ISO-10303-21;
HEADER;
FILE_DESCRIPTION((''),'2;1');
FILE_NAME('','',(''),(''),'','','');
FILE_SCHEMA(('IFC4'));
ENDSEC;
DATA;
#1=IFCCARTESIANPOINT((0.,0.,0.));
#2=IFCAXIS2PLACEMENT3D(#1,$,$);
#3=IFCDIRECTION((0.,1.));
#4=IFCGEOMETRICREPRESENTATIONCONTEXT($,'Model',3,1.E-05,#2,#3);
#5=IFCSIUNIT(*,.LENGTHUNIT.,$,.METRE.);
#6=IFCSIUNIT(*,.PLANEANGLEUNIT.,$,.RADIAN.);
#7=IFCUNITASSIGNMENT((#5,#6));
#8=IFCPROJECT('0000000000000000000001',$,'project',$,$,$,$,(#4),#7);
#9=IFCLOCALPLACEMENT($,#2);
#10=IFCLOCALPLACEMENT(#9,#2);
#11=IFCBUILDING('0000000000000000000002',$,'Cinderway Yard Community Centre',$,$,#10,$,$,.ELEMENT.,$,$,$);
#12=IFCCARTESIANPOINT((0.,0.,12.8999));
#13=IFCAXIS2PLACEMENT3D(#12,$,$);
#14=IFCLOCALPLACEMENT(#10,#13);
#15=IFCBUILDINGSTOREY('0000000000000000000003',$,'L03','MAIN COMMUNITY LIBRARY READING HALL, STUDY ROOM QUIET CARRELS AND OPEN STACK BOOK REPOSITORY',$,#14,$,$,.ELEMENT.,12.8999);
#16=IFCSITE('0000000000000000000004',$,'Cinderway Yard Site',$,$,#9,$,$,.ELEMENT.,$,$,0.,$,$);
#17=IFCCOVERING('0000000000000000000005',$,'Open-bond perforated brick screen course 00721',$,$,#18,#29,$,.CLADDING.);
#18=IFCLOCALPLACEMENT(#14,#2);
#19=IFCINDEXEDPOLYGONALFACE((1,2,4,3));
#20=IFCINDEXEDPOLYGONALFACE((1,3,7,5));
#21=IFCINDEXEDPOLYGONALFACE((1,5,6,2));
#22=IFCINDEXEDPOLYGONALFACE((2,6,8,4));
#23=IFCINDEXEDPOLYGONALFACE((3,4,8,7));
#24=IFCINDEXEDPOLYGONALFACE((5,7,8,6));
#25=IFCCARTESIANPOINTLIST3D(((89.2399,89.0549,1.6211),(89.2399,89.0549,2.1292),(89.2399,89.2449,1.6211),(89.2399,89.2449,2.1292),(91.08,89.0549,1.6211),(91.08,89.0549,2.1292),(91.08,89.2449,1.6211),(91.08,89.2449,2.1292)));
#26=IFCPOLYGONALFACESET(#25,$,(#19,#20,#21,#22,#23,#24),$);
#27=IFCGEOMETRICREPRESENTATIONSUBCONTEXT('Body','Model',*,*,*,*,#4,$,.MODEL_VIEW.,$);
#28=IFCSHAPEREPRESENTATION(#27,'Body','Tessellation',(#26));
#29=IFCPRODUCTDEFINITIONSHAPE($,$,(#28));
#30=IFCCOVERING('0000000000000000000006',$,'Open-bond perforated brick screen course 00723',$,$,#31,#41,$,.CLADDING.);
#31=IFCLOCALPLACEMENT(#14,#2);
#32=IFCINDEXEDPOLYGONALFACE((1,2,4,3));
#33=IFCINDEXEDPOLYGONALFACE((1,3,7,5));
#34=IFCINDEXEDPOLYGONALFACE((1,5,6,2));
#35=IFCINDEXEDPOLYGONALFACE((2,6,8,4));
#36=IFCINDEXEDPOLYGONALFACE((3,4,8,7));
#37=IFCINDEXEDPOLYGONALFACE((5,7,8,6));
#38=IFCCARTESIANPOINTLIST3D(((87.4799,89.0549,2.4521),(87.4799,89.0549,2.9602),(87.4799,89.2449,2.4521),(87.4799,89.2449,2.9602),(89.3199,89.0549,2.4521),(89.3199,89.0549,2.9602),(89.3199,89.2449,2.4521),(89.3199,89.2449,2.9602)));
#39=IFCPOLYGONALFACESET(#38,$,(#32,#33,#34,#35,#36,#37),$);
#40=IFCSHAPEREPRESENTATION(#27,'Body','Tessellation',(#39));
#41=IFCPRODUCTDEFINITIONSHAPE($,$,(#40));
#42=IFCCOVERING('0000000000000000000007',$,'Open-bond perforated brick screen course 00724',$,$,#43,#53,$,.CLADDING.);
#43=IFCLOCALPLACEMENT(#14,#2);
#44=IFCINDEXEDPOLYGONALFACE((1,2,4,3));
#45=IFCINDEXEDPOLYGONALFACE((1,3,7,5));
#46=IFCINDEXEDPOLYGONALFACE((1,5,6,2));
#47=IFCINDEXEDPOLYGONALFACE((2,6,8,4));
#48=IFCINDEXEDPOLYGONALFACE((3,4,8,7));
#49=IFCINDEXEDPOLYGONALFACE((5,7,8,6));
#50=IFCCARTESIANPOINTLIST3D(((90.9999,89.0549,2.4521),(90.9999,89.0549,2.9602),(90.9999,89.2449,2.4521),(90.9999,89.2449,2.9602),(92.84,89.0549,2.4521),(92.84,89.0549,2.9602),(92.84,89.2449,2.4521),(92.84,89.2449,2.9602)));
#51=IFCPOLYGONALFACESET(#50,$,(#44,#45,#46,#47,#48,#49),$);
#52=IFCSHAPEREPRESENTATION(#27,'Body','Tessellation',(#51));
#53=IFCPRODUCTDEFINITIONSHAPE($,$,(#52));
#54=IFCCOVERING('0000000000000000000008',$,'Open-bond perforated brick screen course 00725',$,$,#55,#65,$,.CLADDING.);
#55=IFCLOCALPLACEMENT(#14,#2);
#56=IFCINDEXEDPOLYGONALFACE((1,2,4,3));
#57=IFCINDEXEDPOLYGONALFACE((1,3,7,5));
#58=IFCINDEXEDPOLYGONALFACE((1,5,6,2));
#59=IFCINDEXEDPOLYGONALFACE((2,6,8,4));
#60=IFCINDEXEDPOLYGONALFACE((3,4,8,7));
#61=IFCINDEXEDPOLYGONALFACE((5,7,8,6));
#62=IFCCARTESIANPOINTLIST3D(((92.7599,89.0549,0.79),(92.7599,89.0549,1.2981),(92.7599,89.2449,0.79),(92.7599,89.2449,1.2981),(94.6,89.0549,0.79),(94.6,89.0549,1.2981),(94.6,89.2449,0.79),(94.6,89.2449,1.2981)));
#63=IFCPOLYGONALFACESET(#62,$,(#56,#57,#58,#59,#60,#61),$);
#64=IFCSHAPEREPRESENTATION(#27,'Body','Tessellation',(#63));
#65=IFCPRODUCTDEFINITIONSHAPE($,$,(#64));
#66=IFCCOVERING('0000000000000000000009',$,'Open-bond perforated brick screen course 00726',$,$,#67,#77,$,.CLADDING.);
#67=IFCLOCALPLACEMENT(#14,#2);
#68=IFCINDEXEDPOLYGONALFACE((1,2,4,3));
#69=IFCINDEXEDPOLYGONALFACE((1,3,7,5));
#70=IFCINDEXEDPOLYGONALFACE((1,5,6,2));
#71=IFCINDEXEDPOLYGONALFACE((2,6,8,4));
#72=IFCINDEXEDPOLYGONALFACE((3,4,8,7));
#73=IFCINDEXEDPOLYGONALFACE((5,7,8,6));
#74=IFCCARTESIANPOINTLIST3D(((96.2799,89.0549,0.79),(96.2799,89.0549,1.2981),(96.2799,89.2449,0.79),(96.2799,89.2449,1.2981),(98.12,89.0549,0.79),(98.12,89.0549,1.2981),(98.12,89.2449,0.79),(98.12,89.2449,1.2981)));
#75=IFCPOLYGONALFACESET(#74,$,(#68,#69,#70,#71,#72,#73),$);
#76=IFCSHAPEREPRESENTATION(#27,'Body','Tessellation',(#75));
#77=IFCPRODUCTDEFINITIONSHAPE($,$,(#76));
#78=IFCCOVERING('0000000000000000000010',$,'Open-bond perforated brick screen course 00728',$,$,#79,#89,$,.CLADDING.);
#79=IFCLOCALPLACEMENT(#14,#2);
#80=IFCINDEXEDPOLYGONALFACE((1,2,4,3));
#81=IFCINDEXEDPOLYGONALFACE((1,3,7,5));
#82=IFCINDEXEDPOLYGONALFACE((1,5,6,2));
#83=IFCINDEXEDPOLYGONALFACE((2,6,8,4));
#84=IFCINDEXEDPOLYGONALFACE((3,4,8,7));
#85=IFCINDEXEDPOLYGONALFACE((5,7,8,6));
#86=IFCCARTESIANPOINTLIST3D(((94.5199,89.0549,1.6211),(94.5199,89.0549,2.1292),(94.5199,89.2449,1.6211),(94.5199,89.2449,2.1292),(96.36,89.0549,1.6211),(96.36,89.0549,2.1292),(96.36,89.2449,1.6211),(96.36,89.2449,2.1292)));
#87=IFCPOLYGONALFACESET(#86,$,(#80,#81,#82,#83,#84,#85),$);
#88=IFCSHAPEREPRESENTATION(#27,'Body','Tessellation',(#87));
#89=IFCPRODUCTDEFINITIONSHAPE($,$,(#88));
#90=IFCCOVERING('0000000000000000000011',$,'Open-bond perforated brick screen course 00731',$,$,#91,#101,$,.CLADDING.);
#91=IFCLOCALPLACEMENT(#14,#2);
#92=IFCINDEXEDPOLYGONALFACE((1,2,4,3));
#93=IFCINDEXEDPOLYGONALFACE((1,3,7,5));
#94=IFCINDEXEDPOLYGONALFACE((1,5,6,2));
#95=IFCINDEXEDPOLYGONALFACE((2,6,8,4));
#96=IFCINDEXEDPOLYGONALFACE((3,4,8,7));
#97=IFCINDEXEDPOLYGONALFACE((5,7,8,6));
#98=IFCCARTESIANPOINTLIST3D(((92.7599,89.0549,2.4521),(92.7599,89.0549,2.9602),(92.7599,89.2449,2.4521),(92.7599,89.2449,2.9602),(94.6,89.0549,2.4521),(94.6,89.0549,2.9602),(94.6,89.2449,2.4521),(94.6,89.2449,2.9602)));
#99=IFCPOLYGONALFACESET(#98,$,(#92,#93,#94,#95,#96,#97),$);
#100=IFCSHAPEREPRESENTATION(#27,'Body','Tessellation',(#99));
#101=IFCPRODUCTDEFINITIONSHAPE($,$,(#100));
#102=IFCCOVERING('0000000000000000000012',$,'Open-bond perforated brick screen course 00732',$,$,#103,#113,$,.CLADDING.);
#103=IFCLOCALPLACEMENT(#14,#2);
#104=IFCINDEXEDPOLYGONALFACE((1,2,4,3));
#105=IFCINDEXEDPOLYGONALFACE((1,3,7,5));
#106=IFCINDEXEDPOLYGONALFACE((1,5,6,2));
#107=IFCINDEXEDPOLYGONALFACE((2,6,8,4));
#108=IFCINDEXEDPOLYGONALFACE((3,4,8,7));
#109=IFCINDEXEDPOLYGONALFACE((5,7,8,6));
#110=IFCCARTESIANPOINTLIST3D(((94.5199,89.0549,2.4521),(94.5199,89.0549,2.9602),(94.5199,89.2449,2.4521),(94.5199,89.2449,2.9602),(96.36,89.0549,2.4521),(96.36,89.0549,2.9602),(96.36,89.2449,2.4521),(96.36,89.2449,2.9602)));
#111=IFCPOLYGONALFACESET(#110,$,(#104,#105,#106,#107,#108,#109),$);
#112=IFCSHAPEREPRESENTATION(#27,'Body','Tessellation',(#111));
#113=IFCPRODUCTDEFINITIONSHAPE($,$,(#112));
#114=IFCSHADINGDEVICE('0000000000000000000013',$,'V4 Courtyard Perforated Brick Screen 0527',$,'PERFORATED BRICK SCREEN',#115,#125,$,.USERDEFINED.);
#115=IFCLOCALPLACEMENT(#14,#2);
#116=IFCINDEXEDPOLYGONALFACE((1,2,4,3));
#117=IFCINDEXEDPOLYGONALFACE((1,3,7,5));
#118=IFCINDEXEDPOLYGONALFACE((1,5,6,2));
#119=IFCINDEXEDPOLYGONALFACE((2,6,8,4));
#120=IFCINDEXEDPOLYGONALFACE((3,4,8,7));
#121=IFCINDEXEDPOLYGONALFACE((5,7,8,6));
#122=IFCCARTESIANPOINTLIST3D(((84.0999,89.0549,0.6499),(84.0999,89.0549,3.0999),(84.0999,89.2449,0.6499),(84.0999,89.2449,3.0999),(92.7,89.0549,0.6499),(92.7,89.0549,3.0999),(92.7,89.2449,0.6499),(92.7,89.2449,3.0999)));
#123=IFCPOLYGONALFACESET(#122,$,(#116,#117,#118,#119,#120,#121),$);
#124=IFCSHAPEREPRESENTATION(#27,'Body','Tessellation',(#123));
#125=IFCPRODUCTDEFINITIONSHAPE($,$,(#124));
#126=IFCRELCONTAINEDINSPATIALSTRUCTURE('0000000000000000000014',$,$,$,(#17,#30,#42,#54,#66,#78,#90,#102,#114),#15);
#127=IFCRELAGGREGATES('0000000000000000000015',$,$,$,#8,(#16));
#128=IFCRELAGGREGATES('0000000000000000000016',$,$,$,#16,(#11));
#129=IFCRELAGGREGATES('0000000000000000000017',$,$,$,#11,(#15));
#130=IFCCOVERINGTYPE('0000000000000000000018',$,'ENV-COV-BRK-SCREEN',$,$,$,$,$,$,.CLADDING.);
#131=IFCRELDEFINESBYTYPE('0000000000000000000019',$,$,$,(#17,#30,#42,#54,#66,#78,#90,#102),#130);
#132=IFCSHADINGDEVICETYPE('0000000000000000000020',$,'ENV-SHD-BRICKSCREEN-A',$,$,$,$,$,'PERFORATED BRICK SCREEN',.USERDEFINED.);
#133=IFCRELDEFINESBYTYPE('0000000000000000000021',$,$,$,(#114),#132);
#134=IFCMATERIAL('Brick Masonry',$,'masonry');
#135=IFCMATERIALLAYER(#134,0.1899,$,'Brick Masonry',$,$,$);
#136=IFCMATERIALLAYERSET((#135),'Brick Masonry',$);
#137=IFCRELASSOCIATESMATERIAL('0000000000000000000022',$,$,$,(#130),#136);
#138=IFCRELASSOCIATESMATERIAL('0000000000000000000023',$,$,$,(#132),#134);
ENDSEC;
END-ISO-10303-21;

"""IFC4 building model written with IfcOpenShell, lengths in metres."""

from ifc_helpers import new_model, si_unit, direction, frame, origin, origin_2d, place, context, subcontext, project, spatial, rectangle, extrude, material, layer, layer_set, type_object, element, save


model = new_model("IFC4")

# Units and contexts
model_context = context("Model", 3, precision=1e-05, world=origin(), true_north=direction((0.0, 1.0)))
body_context = subcontext(model_context, "Body", "Model", "MODEL_VIEW")
ifc_project = project(units=[si_unit("LENGTHUNIT", "METRE"), si_unit("PLANEANGLEUNIT", "RADIAN")], contexts=[model_context])

# Site, building, storey
site_placement = place(None, origin())
site = spatial("IfcSite", under=ifc_project, at=site_placement, Name="Cinderway Yard Site", CompositionType="ELEMENT", RefElevation=0.0)
building_placement = place(site_placement, origin())
building = spatial("IfcBuilding", under=site, at=building_placement, Name="Cinderway Yard Community Centre", CompositionType="ELEMENT")
storey_placement = place(building_placement, frame((0.0, 0.0, 12.8999)))
storey = spatial("IfcBuildingStorey", under=building, at=storey_placement, Name="L03", Description="MAIN COMMUNITY LIBRARY READING HALL, STUDY ROOM QUIET CARRELS AND OPEN STACK BOOK REPOSITORY", CompositionType="ELEMENT", Elevation=12.8999)

# Coverings
ifc_material_1 = material(Name="Brick Masonry", Category="masonry")
ifc_layer_1 = layer(ifc_material_1, 0.1899, Name="Brick Masonry")
ifc_layer_set_1 = layer_set([ifc_layer_1], Name="Brick Masonry")
covering_type = type_object("IfcCoveringType", Name="ENV-COV-BRK-SCREEN", PredefinedType="CLADDING", material=ifc_layer_set_1)
for number, where, z_axis, x_axis, name in (
    (1, (90.1599, 89.1499, 1.6211), (0.0, 0.0, 1.0), (-1.0, 0.0, 0.0), "Open-bond perforated brick screen course 00721"),
    (2, (88.3999, 89.1499, 2.4521), (0.0, 0.0, 1.0), (-1.0, 0.0, 0.0), "Open-bond perforated brick screen course 00723"),
    (3, (91.9199, 89.1499, 2.4521), (0.0, 0.0, 1.0), (-1.0, 0.0, 0.0), "Open-bond perforated brick screen course 00724"),
    (4, (93.6799, 89.1499, 0.79), (0.0, 0.0, 1.0), (-1.0, 0.0, 0.0), "Open-bond perforated brick screen course 00725"),
    (5, (97.2, 89.1499, 0.79), (0.0, 0.0, 1.0), (-1.0, 0.0, 0.0), "Open-bond perforated brick screen course 00726"),
    (6, (95.4399, 89.1499, 1.6211), (0.0, 0.0, 1.0), (-1.0, 0.0, 0.0), "Open-bond perforated brick screen course 00728"),
    (7, (93.6799, 89.1499, 2.4521), (0.0, 0.0, 1.0), (-1.0, 0.0, 0.0), "Open-bond perforated brick screen course 00731"),
    (8, (95.4399, 89.1499, 2.4521), (0.0, 0.0, 1.0), (-1.0, 0.0, 0.0), "Open-bond perforated brick screen course 00732"),
):
    element("IfcCovering", number, at=place(storey_placement, frame(where, z_axis=z_axis, x_axis=x_axis)), inside=storey, type_object=covering_type, Name=name, PredefinedType="CLADDING", context=body_context, shape_type="SweptSolid", body=[
        extrude(rectangle(XDim=1.8401, YDim=0.1899, at=origin_2d()), origin(), (0.0, 0.0, 1.0), 0.5081),
    ])

# Shading device
shading_device_type = type_object("IfcShadingDeviceType", Name="ENV-SHD-BRICKSCREEN-A", ElementType="PERFORATED BRICK SCREEN", PredefinedType="USERDEFINED", material=ifc_material_1)
shading_device_placement = place(storey_placement, frame((88.3999, 89.1499, 0.6499), z_axis=(0.0, 0.0, 1.0), x_axis=(-1.0, 0.0, 0.0)))
element("IfcShadingDevice", 9, at=shading_device_placement, inside=storey, type_object=shading_device_type, Name="V4 Courtyard Perforated Brick Screen 0527", ObjectType="PERFORATED BRICK SCREEN", PredefinedType="USERDEFINED", context=body_context, shape_type="SweptSolid", body=[
    extrude(rectangle(XDim=8.6001, YDim=0.1899, at=origin_2d()), origin(), (0.0, 0.0, 1.0), 2.45),
])

save(model, "model.ifc")
